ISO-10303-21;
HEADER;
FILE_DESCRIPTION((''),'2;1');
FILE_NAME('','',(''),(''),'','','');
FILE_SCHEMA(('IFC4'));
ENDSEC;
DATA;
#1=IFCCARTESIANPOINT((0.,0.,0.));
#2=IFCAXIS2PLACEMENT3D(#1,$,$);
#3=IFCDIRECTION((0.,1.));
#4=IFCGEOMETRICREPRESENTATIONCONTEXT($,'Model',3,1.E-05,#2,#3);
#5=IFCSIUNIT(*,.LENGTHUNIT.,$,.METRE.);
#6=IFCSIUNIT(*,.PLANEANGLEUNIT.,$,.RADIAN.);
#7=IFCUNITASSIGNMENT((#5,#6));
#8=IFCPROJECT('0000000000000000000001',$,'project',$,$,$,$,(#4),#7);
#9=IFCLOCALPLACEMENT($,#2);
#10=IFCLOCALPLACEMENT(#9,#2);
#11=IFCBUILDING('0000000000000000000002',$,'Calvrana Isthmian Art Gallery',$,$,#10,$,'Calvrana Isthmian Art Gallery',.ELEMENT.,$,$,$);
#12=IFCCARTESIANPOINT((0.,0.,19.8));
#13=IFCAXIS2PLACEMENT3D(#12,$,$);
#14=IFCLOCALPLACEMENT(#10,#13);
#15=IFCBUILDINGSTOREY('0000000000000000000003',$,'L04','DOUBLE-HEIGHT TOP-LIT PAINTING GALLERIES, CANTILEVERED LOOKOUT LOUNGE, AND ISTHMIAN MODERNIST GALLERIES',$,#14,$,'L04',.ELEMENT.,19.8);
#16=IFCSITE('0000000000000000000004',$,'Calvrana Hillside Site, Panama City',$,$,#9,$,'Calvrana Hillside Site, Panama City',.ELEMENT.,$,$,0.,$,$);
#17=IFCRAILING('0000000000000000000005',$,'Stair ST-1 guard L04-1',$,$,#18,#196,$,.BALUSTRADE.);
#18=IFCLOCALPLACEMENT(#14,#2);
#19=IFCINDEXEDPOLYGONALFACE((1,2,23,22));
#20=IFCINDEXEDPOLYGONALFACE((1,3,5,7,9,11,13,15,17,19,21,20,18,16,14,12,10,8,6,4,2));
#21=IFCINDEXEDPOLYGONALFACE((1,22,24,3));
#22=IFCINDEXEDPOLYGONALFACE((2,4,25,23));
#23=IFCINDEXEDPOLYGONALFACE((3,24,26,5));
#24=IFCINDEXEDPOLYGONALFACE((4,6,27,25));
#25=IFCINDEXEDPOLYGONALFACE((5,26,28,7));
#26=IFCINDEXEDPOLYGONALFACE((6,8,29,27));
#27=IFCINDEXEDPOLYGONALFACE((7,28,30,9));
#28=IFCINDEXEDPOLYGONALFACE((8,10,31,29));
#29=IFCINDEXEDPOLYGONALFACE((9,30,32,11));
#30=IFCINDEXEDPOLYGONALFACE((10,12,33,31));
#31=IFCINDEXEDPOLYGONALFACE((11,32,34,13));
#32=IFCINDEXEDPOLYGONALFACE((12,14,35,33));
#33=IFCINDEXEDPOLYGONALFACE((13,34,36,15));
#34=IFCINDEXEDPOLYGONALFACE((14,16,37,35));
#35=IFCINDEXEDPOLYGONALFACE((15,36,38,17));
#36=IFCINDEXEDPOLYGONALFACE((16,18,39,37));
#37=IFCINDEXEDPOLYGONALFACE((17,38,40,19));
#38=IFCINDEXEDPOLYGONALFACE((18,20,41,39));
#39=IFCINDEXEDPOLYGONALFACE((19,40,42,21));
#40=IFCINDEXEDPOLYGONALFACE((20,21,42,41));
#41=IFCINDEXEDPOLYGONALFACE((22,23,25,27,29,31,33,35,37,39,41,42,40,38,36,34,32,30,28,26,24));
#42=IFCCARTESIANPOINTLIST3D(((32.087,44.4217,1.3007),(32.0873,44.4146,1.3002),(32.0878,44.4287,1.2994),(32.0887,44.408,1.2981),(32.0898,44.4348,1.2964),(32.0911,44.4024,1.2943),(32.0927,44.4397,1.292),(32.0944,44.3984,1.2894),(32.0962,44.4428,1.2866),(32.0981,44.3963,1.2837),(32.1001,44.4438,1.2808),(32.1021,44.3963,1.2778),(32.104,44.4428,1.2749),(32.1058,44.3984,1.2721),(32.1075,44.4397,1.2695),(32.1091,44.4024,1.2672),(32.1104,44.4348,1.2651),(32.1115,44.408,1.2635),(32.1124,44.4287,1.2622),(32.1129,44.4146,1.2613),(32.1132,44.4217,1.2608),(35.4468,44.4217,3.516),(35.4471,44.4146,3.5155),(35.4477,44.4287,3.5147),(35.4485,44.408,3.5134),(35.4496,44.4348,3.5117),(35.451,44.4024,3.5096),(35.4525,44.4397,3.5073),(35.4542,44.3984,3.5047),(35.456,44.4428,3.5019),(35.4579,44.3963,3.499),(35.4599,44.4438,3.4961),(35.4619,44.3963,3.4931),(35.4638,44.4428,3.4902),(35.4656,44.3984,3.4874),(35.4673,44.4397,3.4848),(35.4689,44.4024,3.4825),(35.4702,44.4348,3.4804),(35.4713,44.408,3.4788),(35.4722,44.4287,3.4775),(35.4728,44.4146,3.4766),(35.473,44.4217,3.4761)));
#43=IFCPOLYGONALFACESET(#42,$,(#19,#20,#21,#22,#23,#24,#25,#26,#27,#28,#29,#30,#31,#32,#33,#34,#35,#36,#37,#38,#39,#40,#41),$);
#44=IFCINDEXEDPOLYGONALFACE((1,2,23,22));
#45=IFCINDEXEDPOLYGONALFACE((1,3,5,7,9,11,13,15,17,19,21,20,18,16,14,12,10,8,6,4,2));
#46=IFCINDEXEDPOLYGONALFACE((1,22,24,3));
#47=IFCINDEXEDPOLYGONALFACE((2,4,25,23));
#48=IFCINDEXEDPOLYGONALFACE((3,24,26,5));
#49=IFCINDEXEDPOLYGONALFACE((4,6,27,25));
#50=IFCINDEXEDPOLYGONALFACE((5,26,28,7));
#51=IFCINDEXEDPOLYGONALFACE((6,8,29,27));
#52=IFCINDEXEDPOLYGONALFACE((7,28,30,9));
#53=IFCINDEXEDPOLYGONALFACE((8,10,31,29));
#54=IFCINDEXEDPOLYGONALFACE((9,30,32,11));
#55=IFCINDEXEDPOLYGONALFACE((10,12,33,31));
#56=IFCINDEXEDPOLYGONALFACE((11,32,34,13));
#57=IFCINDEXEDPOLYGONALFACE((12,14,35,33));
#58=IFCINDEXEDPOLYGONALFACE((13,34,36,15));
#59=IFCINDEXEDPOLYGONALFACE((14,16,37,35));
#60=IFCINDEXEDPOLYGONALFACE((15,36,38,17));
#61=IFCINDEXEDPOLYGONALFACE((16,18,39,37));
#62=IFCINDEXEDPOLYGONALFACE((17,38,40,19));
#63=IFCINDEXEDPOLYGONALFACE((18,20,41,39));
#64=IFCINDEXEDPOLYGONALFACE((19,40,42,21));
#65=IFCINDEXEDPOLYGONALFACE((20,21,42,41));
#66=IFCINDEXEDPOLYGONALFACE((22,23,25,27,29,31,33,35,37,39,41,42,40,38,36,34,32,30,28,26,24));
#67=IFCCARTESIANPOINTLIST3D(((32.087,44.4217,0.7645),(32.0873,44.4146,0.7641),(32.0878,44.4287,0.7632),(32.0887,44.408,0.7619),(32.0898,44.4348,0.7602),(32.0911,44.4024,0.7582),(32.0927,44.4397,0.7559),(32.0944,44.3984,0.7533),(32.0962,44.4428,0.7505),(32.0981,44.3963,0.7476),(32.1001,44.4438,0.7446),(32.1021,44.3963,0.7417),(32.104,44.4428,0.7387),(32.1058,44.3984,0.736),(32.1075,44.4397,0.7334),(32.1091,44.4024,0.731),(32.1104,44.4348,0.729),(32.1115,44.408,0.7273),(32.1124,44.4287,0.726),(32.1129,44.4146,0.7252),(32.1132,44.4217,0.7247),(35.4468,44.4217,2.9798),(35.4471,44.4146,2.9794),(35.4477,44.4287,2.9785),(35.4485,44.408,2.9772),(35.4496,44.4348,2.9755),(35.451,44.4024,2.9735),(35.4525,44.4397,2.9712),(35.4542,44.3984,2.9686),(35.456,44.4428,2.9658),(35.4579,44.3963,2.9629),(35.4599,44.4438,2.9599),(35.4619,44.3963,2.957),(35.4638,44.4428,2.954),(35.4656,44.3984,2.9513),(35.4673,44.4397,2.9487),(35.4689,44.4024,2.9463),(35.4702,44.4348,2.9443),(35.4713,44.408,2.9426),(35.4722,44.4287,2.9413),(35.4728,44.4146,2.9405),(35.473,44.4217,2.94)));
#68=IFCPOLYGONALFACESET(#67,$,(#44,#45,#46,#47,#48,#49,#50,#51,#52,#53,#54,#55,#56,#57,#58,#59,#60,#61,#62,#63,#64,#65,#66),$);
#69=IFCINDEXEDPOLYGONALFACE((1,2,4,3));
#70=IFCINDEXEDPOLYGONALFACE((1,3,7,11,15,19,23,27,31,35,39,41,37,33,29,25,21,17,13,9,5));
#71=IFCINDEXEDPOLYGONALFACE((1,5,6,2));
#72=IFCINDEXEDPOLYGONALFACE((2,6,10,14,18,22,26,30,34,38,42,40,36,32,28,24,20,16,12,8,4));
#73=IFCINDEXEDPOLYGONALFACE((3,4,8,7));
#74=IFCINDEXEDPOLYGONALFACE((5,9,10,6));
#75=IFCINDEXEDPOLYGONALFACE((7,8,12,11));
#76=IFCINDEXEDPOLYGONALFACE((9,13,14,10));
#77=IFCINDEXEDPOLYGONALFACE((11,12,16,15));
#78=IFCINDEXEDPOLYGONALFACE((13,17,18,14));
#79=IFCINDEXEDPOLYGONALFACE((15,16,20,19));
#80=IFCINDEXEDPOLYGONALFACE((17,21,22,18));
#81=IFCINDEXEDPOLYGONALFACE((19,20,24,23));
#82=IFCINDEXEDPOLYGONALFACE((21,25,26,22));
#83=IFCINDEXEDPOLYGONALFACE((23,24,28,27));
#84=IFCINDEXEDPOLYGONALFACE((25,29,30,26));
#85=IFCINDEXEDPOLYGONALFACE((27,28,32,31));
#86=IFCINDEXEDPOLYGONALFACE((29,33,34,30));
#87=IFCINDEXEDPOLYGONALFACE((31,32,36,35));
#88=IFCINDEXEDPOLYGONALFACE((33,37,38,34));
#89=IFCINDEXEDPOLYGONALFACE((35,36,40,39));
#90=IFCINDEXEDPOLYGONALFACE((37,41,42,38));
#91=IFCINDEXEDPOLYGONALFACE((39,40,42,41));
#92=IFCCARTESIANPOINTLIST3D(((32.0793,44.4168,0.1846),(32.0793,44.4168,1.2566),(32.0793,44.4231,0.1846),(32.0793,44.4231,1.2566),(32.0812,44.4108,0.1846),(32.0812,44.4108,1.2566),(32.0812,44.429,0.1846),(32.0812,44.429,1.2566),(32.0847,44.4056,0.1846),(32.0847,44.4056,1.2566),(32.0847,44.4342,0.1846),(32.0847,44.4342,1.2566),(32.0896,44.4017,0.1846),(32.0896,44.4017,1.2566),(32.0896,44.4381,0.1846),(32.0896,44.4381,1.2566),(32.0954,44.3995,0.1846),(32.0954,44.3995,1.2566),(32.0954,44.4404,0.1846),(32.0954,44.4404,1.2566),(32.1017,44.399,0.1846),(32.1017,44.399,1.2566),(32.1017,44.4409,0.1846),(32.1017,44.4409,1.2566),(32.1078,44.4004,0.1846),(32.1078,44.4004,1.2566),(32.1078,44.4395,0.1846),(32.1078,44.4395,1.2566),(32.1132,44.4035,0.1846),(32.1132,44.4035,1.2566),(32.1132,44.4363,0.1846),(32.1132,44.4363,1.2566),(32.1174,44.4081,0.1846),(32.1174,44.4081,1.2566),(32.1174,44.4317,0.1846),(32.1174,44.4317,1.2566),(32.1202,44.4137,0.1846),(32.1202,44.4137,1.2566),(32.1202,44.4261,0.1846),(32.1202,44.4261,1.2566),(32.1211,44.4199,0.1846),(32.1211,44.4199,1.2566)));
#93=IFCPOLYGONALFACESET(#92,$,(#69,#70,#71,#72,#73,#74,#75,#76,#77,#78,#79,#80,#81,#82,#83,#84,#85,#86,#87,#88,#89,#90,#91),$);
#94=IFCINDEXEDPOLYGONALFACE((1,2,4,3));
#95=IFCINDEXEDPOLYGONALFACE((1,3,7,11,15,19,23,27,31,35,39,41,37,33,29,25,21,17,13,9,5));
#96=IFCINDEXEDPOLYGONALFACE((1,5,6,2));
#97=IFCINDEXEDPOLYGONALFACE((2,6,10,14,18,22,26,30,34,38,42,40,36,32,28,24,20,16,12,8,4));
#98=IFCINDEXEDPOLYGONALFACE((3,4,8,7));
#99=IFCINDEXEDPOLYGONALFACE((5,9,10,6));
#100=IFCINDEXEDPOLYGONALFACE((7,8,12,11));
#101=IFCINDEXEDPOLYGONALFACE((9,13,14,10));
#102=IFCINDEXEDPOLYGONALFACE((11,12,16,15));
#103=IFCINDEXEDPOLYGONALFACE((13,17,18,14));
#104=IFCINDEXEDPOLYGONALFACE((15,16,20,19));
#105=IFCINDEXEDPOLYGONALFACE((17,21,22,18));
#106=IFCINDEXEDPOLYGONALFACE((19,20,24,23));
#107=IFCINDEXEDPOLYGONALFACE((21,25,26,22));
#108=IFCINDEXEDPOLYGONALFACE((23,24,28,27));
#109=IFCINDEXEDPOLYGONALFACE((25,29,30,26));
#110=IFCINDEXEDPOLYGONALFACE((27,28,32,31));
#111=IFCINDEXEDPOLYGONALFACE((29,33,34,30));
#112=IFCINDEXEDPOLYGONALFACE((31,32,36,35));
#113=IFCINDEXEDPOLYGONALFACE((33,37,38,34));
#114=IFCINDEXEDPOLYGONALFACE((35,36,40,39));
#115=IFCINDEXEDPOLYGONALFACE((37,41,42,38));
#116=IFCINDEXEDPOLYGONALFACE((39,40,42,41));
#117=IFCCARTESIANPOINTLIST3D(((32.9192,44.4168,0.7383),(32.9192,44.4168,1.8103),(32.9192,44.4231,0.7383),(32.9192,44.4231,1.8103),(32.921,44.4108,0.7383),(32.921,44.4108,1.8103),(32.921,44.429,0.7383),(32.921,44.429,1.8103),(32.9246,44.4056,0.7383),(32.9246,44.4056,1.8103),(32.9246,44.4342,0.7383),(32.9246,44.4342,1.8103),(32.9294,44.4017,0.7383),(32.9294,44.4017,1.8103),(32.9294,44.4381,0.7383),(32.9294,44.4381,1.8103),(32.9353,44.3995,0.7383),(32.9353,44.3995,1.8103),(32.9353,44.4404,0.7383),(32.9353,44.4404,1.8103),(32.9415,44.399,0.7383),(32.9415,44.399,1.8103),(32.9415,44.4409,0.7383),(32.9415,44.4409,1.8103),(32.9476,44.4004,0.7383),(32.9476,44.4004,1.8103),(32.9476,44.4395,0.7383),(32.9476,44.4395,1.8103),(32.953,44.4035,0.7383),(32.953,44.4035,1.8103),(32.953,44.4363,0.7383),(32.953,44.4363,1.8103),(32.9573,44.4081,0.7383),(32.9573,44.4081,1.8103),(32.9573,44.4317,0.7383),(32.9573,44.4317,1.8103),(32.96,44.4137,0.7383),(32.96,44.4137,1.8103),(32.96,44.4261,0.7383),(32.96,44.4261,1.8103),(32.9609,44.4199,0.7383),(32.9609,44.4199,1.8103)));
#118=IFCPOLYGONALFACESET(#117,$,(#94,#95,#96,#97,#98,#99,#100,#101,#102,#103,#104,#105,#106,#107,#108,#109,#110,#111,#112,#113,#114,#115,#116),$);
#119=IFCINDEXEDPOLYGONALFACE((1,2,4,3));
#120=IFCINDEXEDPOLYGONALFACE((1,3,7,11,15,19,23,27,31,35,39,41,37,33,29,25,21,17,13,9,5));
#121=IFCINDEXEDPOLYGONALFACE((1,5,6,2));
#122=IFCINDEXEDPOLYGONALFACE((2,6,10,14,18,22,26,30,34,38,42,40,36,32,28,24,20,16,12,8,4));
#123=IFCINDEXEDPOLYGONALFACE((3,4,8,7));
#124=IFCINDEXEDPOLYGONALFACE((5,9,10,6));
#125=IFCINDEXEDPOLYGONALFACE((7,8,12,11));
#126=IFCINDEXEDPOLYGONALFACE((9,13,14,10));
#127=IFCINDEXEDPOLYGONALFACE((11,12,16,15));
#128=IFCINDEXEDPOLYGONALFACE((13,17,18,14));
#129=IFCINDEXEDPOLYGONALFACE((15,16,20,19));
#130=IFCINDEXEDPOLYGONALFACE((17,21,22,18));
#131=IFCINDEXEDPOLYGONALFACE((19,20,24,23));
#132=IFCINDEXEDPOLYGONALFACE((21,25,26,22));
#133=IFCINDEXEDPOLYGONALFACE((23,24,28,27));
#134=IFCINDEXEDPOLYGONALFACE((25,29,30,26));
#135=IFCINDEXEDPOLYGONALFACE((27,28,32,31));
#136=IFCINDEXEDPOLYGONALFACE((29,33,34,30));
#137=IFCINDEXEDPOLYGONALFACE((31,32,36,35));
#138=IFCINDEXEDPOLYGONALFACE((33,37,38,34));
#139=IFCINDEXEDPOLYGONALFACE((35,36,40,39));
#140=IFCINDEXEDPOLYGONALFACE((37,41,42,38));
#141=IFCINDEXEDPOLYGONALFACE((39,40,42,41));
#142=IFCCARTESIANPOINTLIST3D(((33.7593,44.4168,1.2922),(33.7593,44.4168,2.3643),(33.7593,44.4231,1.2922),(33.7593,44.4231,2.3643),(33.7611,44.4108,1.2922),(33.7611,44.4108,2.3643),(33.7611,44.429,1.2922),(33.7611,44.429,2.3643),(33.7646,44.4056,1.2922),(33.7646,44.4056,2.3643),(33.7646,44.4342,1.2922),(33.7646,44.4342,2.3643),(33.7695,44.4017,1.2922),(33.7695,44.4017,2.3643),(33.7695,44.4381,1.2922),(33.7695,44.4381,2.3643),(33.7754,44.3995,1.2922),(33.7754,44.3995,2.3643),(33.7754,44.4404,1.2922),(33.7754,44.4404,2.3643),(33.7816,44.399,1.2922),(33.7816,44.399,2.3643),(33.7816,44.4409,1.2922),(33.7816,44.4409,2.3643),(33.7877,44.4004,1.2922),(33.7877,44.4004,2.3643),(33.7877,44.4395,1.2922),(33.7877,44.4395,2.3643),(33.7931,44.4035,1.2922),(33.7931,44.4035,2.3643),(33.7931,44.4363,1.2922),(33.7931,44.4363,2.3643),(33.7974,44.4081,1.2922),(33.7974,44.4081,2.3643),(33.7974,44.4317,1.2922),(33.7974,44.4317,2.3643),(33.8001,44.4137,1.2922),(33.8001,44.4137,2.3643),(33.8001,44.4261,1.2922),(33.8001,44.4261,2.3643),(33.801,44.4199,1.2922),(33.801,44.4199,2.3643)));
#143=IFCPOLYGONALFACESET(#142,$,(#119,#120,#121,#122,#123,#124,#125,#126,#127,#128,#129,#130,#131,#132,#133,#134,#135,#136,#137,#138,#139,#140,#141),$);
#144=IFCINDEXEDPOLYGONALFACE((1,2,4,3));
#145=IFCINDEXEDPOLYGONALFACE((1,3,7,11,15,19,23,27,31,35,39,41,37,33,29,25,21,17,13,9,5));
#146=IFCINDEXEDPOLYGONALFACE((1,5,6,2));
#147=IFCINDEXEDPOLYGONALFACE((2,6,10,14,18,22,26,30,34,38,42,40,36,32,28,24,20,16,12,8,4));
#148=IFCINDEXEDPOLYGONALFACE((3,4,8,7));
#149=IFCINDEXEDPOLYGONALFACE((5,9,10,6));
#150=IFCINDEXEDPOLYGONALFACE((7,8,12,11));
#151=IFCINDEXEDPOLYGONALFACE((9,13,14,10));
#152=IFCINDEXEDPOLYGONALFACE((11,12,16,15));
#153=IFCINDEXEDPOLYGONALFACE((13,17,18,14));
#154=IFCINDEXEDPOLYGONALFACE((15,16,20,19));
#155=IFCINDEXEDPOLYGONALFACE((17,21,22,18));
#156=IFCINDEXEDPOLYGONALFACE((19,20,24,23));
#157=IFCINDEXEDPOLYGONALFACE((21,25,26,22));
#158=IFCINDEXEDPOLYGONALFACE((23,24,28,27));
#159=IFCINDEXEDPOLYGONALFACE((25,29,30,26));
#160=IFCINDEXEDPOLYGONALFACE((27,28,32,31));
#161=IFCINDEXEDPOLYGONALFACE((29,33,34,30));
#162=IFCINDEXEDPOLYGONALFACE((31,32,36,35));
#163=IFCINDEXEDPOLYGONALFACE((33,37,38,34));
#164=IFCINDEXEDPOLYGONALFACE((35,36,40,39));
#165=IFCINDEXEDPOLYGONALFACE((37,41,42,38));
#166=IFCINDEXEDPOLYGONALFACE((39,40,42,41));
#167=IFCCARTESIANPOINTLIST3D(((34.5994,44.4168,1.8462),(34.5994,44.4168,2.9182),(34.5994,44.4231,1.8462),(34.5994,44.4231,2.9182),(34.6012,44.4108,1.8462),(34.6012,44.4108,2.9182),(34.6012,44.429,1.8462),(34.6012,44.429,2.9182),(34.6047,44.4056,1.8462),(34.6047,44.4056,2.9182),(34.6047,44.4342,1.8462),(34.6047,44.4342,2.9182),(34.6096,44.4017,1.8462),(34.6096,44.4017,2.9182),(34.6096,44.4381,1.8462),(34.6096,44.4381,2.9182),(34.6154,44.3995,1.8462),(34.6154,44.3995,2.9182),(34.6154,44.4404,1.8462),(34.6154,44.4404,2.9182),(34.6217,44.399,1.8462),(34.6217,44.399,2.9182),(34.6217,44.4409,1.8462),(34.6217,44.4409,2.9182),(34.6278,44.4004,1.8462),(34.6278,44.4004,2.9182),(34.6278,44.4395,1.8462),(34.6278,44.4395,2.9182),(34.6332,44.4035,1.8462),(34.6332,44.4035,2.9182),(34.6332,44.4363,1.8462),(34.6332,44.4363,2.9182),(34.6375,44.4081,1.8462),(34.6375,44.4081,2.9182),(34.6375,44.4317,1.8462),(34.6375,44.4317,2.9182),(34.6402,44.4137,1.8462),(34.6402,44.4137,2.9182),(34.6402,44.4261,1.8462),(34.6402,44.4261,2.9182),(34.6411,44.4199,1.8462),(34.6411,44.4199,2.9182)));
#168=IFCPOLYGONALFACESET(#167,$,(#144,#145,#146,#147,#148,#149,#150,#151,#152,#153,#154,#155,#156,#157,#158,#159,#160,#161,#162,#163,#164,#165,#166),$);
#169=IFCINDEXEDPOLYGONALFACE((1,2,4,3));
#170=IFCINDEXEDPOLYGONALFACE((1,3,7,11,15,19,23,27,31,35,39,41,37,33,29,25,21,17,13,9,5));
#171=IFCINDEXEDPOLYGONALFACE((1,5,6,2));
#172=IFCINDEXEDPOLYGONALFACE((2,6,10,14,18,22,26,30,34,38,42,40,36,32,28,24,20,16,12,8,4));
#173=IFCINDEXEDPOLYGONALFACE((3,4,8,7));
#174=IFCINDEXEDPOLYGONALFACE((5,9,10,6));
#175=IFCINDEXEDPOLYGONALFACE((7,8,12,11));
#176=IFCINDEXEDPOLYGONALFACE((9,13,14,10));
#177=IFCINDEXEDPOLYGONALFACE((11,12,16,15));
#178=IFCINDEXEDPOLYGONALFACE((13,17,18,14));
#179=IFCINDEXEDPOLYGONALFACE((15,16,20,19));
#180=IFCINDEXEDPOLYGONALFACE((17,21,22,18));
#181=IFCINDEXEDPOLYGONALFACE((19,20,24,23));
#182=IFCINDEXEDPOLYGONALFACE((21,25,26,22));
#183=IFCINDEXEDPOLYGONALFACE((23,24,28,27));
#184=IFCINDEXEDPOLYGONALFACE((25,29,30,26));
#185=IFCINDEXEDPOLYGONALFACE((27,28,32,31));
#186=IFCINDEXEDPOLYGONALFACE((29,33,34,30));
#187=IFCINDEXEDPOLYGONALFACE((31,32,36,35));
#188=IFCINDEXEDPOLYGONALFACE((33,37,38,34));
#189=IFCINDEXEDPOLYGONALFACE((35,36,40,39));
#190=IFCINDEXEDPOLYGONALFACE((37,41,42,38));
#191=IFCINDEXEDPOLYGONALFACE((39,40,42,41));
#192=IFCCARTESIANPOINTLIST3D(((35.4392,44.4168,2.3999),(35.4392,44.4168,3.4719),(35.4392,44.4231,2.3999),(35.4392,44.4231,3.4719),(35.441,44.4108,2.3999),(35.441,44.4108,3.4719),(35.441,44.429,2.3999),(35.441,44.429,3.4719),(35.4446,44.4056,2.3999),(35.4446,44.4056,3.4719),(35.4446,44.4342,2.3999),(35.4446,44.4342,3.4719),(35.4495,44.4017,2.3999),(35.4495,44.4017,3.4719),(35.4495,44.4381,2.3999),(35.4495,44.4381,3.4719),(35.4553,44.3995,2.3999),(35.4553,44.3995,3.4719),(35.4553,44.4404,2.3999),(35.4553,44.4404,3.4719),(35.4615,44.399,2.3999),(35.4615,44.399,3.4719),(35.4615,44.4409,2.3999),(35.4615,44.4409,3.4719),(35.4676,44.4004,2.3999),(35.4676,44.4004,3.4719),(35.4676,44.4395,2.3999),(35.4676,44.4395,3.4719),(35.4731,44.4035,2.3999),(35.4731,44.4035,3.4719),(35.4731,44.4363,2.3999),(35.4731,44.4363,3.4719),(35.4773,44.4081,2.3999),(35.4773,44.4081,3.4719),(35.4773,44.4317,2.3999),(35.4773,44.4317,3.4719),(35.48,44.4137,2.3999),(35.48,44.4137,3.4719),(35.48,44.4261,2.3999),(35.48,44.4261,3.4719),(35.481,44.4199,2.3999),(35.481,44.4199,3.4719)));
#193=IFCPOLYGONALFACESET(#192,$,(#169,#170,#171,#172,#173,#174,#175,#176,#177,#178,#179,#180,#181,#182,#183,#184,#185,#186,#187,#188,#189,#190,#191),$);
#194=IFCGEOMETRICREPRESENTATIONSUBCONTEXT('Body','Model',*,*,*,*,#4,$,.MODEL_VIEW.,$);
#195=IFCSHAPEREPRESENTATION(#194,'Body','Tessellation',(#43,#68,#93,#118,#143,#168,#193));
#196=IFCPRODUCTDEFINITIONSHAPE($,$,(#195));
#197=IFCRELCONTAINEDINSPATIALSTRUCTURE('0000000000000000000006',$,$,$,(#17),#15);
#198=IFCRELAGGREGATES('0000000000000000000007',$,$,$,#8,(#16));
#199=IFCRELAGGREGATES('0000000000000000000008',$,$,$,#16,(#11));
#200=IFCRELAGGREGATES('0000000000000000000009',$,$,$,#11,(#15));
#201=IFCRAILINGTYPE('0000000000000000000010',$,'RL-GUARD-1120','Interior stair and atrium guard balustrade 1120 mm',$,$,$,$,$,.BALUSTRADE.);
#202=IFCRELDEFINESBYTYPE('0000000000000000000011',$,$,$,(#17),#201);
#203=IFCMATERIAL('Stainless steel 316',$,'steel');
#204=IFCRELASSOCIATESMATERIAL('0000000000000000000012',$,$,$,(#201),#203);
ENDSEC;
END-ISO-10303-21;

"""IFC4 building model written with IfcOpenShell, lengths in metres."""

from ifc_helpers import new_model, si_unit, direction, frame, origin, origin_2d, place, context, subcontext, project, spatial, circle, extrude, material, type_object, element, save


model = new_model("IFC4")

# Units and contexts
model_context = context("Model", 3, precision=1e-05, world=origin(), true_north=direction((0.0, 1.0)))
body_context = subcontext(model_context, "Body", "Model", "MODEL_VIEW")
ifc_project = project(units=[si_unit("LENGTHUNIT", "METRE"), si_unit("PLANEANGLEUNIT", "RADIAN")], contexts=[model_context])

# Site, building, storey
site_placement = place(None, origin())
site = spatial("IfcSite", under=ifc_project, at=site_placement, Name="Calvrana Hillside Site, Panama City", LongName="Calvrana Hillside Site, Panama City", CompositionType="ELEMENT", RefElevation=0.0)
building_placement = place(site_placement, origin())
building = spatial("IfcBuilding", under=site, at=building_placement, Name="Calvrana Isthmian Art Gallery", LongName="Calvrana Isthmian Art Gallery", CompositionType="ELEMENT")
storey_placement = place(building_placement, frame((0.0, 0.0, 19.8)))
storey = spatial("IfcBuildingStorey", under=building, at=storey_placement, Name="L04", Description="DOUBLE-HEIGHT TOP-LIT PAINTING GALLERIES, CANTILEVERED LOOKOUT LOUNGE, AND ISTHMIAN MODERNIST GALLERIES", LongName="L04", CompositionType="ELEMENT", Elevation=19.8)

# Shared definitions
ifc_material_1 = material(Name="Stainless steel 316", Category="steel")

# Railing
railing_type_1 = type_object("IfcRailingType", Name="RL-GUARD-1120", Description="Interior stair and atrium guard balustrade 1120 mm", PredefinedType="BALUSTRADE", material=ifc_material_1)
railing_1_placement = place(storey_placement, frame((32.1001, 44.4199, 0.1846)))
element("IfcRailing", 1, at=railing_1_placement, inside=storey, type_object=railing_type_1, Name="Stair ST-1 guard L04-1", PredefinedType="BALUSTRADE", context=body_context, shape_type="SweptSolid", body=[
    extrude(circle(Radius=0.0239, at=origin_2d()), frame((0.0, 0.0, 1.0962), z_axis=(0.834858, 0.0, 0.550465), x_axis=(0.0, 1.0, 0.0)), (0.0, 0.0, 1.0), 4.0244),
    extrude(circle(Radius=0.0239, at=origin_2d()), frame((0.0, 0.0, 0.5601), z_axis=(0.834858, 0.0, 0.550465), x_axis=(0.0, 1.0, 0.0)), (0.0, 0.0, 1.0), 4.0244),
    extrude(circle(Radius=0.021, at=origin_2d()), origin(), (0.0, 0.0, 1.0), 1.072),
    extrude(circle(Radius=0.021, at=origin_2d()), frame((0.8398, 0.0, 0.5537)), (0.0, 0.0, 1.0), 1.072),
    extrude(circle(Radius=0.021, at=origin_2d()), frame((1.6799, 0.0, 1.1077)), (0.0, 0.0, 1.0), 1.072),
    extrude(circle(Radius=0.021, at=origin_2d()), frame((2.52, 0.0, 1.6616)), (0.0, 0.0, 1.0), 1.072),
    extrude(circle(Radius=0.021, at=origin_2d()), frame((3.3599, 0.0, 2.2153)), (0.0, 0.0, 1.0), 1.072),
])

save(model, "model.ifc")
